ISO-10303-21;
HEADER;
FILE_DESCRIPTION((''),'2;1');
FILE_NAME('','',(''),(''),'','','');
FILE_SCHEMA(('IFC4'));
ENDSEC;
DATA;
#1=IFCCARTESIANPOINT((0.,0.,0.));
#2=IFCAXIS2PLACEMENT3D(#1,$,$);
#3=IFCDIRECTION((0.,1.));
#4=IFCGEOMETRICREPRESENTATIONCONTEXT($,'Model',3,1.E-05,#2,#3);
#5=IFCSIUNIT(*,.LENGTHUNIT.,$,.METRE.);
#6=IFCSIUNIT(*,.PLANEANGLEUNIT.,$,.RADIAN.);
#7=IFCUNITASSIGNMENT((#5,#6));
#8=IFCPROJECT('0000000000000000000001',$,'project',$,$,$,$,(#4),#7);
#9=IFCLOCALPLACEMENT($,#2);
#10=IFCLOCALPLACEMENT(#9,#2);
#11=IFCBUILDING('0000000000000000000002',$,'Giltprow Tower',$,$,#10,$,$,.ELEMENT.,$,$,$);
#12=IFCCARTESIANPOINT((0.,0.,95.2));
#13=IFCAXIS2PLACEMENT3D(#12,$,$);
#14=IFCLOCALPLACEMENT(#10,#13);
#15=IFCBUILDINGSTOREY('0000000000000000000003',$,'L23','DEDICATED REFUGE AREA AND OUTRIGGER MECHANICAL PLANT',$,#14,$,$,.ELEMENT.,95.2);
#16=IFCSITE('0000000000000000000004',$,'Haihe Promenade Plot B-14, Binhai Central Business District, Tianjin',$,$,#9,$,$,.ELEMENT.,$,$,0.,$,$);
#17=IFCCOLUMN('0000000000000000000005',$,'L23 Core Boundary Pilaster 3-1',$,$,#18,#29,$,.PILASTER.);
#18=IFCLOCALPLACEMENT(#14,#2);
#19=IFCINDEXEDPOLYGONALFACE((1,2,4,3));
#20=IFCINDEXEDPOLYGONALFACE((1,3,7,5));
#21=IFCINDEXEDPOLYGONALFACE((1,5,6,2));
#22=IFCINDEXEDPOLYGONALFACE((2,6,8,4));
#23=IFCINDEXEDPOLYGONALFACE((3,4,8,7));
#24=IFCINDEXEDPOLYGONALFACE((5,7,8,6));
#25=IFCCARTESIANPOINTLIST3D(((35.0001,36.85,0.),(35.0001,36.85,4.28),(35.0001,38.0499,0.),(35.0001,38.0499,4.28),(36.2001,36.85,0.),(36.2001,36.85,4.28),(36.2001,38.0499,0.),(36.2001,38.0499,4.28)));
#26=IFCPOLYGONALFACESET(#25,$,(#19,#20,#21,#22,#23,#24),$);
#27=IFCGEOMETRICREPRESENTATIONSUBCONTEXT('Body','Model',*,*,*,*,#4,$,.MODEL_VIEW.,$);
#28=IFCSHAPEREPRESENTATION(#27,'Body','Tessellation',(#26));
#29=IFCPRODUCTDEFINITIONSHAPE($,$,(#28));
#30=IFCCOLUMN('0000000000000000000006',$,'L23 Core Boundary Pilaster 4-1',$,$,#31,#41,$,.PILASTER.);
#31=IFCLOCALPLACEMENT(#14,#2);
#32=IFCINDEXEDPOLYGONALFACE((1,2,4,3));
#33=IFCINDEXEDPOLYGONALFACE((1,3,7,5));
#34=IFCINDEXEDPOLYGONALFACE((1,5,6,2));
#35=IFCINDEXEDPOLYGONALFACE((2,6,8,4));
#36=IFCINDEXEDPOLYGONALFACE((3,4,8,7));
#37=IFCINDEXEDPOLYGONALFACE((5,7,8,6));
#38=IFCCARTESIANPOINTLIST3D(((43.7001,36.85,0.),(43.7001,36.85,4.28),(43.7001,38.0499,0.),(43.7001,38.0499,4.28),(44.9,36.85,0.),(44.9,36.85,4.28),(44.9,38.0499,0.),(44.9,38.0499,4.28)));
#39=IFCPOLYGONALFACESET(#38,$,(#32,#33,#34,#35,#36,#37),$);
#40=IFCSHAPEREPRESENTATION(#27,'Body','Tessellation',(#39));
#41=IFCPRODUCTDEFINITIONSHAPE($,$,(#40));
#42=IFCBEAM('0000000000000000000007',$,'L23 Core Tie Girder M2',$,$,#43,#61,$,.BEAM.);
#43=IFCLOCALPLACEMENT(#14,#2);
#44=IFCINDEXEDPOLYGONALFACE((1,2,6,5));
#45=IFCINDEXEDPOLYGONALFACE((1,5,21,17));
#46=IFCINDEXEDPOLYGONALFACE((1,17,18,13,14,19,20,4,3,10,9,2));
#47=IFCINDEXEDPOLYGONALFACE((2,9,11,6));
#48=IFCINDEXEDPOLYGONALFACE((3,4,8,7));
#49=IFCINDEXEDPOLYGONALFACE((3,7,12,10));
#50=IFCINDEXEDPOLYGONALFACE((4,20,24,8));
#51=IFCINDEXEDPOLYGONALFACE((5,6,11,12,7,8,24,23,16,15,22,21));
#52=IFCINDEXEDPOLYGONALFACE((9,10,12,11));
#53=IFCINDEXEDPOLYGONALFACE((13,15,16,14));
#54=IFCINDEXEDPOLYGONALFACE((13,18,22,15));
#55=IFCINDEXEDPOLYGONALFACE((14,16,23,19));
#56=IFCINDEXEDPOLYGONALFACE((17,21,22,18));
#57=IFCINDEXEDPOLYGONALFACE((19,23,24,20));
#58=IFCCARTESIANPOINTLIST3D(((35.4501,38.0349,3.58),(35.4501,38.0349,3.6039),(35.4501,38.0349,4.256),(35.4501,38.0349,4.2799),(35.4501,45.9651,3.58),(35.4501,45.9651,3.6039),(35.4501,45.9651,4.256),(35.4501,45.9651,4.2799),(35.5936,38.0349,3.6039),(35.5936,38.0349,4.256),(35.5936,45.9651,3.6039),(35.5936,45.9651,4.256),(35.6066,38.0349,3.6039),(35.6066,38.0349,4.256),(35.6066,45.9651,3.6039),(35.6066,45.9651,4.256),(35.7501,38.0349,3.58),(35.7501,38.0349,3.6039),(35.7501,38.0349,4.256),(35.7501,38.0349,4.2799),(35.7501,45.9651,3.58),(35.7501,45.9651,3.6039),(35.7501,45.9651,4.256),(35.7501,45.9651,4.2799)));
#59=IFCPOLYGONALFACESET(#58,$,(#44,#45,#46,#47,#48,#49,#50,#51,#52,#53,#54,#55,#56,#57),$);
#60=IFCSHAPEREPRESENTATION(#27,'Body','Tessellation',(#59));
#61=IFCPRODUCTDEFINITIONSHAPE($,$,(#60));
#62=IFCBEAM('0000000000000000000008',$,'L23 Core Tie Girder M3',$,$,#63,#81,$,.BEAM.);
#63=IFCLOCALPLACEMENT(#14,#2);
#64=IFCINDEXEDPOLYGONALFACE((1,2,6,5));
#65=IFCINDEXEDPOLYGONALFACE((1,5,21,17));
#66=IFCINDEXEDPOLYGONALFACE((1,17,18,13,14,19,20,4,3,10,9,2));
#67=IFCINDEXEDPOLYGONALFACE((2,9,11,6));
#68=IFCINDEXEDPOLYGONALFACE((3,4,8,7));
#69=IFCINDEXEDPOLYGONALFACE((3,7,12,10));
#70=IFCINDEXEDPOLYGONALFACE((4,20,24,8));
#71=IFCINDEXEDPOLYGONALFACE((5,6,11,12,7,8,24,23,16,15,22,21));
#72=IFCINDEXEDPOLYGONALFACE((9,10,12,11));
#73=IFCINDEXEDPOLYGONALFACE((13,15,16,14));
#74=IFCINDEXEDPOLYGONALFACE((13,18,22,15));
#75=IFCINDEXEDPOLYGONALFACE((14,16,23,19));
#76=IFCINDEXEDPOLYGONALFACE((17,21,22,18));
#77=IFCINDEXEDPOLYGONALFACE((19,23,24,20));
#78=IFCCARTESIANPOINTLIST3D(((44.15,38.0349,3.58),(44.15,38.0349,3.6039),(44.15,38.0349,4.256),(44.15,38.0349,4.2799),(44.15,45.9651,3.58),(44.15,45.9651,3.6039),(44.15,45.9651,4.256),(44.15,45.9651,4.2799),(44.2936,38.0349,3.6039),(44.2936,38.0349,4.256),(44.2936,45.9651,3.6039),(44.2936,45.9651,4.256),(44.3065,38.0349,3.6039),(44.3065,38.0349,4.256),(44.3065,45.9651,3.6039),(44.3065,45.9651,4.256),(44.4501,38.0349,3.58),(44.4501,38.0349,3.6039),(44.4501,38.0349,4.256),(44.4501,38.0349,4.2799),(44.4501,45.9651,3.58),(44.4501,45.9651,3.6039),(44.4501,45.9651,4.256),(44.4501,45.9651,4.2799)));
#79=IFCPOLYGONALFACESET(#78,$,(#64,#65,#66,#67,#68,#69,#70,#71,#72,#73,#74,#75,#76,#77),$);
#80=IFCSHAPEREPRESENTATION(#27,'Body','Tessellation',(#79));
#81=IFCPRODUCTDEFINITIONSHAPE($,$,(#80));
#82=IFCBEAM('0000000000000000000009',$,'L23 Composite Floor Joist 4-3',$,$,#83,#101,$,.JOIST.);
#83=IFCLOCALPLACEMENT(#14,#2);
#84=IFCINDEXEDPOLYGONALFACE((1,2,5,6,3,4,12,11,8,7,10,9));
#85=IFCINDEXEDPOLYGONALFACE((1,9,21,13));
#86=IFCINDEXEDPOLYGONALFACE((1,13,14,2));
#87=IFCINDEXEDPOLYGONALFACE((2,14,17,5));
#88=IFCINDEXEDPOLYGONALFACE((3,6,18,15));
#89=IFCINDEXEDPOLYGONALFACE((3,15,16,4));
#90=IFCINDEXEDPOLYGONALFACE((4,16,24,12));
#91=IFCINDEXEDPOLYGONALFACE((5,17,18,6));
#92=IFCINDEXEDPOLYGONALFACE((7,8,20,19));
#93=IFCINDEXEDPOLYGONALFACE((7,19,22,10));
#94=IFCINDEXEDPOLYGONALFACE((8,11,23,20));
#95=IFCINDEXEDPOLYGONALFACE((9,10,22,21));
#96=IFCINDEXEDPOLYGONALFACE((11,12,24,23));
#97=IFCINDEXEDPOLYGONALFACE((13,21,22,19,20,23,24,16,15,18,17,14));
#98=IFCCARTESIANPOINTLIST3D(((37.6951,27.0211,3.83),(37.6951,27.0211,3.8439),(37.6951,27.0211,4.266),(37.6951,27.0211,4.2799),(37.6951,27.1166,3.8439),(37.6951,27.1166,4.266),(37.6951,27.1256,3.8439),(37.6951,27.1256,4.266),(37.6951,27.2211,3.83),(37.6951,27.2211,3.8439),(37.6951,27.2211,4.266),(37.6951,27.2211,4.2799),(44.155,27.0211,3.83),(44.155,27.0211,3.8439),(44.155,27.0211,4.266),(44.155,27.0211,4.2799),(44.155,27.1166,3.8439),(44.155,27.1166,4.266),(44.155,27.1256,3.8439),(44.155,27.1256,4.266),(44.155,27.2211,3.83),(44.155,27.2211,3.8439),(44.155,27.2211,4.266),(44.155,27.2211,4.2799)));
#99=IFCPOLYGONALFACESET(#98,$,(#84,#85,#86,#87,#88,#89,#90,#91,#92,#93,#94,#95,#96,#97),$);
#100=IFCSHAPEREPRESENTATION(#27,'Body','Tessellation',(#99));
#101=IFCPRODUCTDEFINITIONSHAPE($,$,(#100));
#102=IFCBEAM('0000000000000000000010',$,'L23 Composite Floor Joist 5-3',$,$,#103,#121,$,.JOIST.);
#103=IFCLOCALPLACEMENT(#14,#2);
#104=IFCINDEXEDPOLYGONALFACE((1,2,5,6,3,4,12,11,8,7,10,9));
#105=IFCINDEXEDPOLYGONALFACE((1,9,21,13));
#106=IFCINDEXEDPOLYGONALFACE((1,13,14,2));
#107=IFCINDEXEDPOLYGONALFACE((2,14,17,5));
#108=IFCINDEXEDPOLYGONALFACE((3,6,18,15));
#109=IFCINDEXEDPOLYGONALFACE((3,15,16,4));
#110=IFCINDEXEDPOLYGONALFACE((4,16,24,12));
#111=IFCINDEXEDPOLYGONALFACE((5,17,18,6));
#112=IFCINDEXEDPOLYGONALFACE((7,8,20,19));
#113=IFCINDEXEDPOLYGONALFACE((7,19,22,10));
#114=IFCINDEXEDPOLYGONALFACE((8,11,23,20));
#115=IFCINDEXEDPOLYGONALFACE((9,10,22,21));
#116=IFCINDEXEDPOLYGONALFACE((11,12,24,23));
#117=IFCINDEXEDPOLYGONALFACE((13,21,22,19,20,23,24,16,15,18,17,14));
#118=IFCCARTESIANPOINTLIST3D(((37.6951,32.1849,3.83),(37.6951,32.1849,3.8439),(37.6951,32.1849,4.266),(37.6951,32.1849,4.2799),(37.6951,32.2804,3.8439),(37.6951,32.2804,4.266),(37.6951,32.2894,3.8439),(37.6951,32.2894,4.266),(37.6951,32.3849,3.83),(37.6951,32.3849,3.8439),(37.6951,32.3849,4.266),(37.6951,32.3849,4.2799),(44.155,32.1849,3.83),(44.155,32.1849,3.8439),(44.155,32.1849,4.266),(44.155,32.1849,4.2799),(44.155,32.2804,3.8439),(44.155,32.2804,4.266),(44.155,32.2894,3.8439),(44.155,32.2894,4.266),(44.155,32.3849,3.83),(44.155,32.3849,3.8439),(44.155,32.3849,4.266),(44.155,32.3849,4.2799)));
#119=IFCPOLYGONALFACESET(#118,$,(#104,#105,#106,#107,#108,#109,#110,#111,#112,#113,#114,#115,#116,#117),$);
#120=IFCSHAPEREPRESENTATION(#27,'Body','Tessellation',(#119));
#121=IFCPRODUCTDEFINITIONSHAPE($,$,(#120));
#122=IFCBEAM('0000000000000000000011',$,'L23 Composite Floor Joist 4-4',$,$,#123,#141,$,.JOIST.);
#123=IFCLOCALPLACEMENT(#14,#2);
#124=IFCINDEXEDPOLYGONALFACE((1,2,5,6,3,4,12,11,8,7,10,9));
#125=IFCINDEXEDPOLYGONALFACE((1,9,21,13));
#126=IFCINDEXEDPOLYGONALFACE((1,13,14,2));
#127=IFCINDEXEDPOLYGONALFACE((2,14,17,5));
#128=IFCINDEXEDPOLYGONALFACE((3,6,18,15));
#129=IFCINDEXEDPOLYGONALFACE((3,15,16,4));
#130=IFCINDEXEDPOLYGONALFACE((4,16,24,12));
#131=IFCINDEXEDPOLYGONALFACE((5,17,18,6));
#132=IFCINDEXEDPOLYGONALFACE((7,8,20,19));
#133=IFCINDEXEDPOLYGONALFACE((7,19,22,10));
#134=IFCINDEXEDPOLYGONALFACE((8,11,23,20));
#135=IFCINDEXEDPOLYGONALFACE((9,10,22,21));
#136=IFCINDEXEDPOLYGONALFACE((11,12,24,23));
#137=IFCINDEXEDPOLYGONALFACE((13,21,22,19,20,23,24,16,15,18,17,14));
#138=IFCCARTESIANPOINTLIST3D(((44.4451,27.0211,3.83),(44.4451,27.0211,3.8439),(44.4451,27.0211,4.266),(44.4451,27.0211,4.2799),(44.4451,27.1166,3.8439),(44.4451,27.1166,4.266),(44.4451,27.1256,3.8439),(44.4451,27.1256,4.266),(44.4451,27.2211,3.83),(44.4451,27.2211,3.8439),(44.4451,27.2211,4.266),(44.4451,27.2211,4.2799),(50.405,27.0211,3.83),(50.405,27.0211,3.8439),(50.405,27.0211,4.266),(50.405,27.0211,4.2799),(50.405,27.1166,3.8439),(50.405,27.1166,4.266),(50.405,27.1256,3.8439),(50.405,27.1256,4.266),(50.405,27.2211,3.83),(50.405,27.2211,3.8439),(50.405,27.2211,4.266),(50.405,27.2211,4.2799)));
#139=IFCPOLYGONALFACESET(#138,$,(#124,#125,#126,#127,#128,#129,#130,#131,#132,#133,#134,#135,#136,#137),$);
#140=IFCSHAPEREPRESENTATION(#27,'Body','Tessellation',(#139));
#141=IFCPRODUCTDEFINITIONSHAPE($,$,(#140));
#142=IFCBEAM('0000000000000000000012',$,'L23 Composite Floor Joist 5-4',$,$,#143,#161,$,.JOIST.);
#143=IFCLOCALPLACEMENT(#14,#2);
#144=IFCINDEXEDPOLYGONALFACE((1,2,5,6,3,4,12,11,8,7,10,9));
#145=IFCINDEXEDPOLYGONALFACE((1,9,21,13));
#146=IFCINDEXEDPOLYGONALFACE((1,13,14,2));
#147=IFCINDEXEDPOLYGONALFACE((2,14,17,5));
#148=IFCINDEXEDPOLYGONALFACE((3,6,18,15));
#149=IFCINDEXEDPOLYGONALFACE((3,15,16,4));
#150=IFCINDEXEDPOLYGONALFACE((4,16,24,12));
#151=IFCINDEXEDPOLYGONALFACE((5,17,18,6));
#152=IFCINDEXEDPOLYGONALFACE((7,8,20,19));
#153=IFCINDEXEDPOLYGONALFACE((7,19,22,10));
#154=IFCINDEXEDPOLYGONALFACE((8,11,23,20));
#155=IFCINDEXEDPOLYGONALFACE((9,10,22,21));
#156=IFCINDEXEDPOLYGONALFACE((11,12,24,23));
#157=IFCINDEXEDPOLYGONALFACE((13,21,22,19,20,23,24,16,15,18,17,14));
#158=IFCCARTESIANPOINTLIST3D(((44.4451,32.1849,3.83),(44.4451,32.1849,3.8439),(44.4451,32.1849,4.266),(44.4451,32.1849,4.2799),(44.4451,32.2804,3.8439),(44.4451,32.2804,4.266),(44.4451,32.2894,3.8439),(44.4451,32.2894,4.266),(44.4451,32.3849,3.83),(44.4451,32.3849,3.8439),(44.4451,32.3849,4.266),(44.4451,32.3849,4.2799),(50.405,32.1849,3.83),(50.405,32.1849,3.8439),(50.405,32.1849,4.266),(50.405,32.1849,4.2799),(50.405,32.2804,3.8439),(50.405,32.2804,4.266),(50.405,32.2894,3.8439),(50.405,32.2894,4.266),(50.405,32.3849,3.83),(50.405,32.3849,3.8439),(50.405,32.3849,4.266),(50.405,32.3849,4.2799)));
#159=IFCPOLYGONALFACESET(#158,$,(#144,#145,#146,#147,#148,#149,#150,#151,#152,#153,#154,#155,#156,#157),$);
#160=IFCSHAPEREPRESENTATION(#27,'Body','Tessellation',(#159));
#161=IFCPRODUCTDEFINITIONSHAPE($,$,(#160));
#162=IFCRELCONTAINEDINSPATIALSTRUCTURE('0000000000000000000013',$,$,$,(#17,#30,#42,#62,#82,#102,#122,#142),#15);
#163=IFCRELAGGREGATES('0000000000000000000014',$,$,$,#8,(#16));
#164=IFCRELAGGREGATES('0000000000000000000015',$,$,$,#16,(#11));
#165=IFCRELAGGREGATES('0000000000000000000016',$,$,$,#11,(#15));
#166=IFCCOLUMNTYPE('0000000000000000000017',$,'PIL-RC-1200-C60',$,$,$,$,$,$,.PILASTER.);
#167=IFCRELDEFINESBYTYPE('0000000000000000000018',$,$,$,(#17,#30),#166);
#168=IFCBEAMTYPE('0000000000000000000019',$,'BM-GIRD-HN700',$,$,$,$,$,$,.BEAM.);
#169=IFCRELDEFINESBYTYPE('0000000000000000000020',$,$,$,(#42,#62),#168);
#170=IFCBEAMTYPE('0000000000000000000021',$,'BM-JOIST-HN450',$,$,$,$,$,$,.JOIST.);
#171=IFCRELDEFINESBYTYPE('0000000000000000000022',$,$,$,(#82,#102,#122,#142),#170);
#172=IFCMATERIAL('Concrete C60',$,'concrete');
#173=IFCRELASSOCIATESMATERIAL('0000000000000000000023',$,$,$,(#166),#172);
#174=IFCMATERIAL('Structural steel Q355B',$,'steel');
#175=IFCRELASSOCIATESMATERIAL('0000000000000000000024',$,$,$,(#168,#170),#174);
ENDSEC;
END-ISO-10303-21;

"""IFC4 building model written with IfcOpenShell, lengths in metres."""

from ifc_helpers import new_model, si_unit, direction, frame, origin, origin_2d, place, context, subcontext, project, spatial, rectangle, i_section, extrude, source, transform, mapped, material, material_profile, profile_set, type_object, element, save


model = new_model("IFC4")

# Units and contexts
model_context = context("Model", 3, precision=1e-05, world=origin(), true_north=direction((0.0, 1.0)))
body_context = subcontext(model_context, "Body", "Model", "MODEL_VIEW")
ifc_project = project(units=[si_unit("LENGTHUNIT", "METRE"), si_unit("PLANEANGLEUNIT", "RADIAN")], contexts=[model_context])

# Site, building, storey
site_placement = place(None, origin())
site = spatial("IfcSite", under=ifc_project, at=site_placement, Name="Haihe Promenade Plot B-14, Binhai Central Business District, Tianjin", CompositionType="ELEMENT", RefElevation=0.0)
building_placement = place(site_placement, origin())
building = spatial("IfcBuilding", under=site, at=building_placement, Name="Giltprow Tower", CompositionType="ELEMENT")
storey_placement = place(building_placement, frame((0.0, 0.0, 95.2)))
storey = spatial("IfcBuildingStorey", under=building, at=storey_placement, Name="L23", Description="DEDICATED REFUGE AREA AND OUTRIGGER MECHANICAL PLANT", CompositionType="ELEMENT", Elevation=95.2)

# Columns
ifc_material_1 = material(Name="Concrete C60", Category="concrete")
ifc_material_profile_1 = material_profile(ifc_material_1, rectangle(XDim=1.2, YDim=1.2, at=origin_2d()), Name="RC 1200x1200")
ifc_profile_set_1 = profile_set([ifc_material_profile_1], Name="Concrete C60")
column_type = type_object("IfcColumnType", Name="PIL-RC-1200-C60", PredefinedType="PILASTER", material=ifc_profile_set_1)
shared_shape_1 = source(origin(), body_context, "Body", "SweptSolid", [
    extrude(rectangle(XDim=1.2, YDim=1.2, at=origin_2d()), origin(), (0.0, 0.0, 1.0), 4.28),
])
for number, where, z_axis, x_axis, name in (
    (1, (35.6001, 37.45, 0.0), (0.0, 0.0, 1.0), (1.0, 0.0, 0.0), "L23 Core Boundary Pilaster 3-1"),
    (2, (44.3, 37.45, 0.0), (0.0, 0.0, 1.0), (1.0, 0.0, 0.0), "L23 Core Boundary Pilaster 4-1"),
):
    element("IfcColumn", number, at=place(storey_placement, frame(where, z_axis=z_axis, x_axis=x_axis)), inside=storey, type_object=column_type, Name=name, PredefinedType="PILASTER", context=body_context, shape_type="MappedRepresentation", body=[
        mapped(shared_shape_1, transform((0.0, 0.0, 0.0), x_axis=(1.0, 0.0, 0.0), y_axis=(0.0, 1.0, 0.0), z_axis=(0.0, 0.0, 1.0), scale=1.0)),
    ])

# Beams
ifc_material_2 = material(Name="Structural steel Q355B", Category="steel")
ifc_material_profile_2 = material_profile(ifc_material_2, i_section(OverallWidth=0.3, OverallDepth=0.7, WebThickness=0.0129, FlangeThickness=0.0239, at=origin_2d()), Name="HN 700x300x13x24")
ifc_profile_set_2 = profile_set([ifc_material_profile_2], Name="Structural steel Q355B")
beam_type_1 = type_object("IfcBeamType", Name="BM-GIRD-HN700", PredefinedType="BEAM", material=ifc_profile_set_2)
shared_shape_2 = source(origin(), body_context, "Body", "SweptSolid", [
    extrude(i_section(OverallWidth=0.3, OverallDepth=0.7, WebThickness=0.0129, FlangeThickness=0.0239, at=origin_2d()), origin(), (0.0, 0.0, 1.0), 7.9302),
])
for number, where, z_axis, x_axis, name in (
    (3, (35.6001, 38.0349, 3.9299), (0.0, 1.0, 0.0), (-1.0, 0.0, 0.0), "L23 Core Tie Girder M2"),
    (4, (44.3, 38.0349, 3.9299), (0.0, 1.0, 0.0), (-1.0, 0.0, 0.0), "L23 Core Tie Girder M3"),
):
    element("IfcBeam", number, at=place(storey_placement, frame(where, z_axis=z_axis, x_axis=x_axis)), inside=storey, type_object=beam_type_1, Name=name, PredefinedType="BEAM", context=body_context, shape_type="MappedRepresentation", body=[
        mapped(shared_shape_2, transform((0.0, 0.0, 0.0), x_axis=(1.0, 0.0, 0.0), y_axis=(0.0, 1.0, 0.0), z_axis=(0.0, 0.0, 1.0), scale=1.0)),
    ])
ifc_material_profile_3 = material_profile(ifc_material_2, i_section(OverallWidth=0.2, OverallDepth=0.45, WebThickness=0.009, FlangeThickness=0.0139, at=origin_2d()), Name="HN 450x200x9x14")
ifc_profile_set_3 = profile_set([ifc_material_profile_3], Name="Structural steel Q355B")
beam_type_2 = type_object("IfcBeamType", Name="BM-JOIST-HN450", PredefinedType="JOIST", material=ifc_profile_set_3)
shared_shape_3 = source(origin(), body_context, "Body", "SweptSolid", [
    extrude(i_section(OverallWidth=0.2, OverallDepth=0.45, WebThickness=0.009, FlangeThickness=0.0139, at=origin_2d()), origin(), (0.0, 0.0, 1.0), 6.46),
])
for number, where, z_axis, x_axis, name in (
    (5, (37.6951, 27.1211, 4.0549), (1.0, 0.0, 0.0), (0.0, 1.0, 0.0), "L23 Composite Floor Joist 4-3"),
    (6, (37.6951, 32.2849, 4.0549), (1.0, 0.0, 0.0), (0.0, 1.0, 0.0), "L23 Composite Floor Joist 5-3"),
):
    element("IfcBeam", number, at=place(storey_placement, frame(where, z_axis=z_axis, x_axis=x_axis)), inside=storey, type_object=beam_type_2, Name=name, PredefinedType="JOIST", context=body_context, shape_type="MappedRepresentation", body=[
        mapped(shared_shape_3, transform((0.0, 0.0, 0.0), x_axis=(1.0, 0.0, 0.0), y_axis=(0.0, 1.0, 0.0), z_axis=(0.0, 0.0, 1.0), scale=1.0)),
    ])
shared_shape_4 = source(origin(), body_context, "Body", "SweptSolid", [
    extrude(i_section(OverallWidth=0.2, OverallDepth=0.45, WebThickness=0.009, FlangeThickness=0.0139, at=origin_2d()), origin(), (0.0, 0.0, 1.0), 5.96),
])
for number, where, z_axis, x_axis, name in (
    (7, (44.4451, 27.1211, 4.0549), (1.0, 0.0, 0.0), (0.0, 1.0, 0.0), "L23 Composite Floor Joist 4-4"),
    (8, (44.4451, 32.2849, 4.0549), (1.0, 0.0, 0.0), (0.0, 1.0, 0.0), "L23 Composite Floor Joist 5-4"),
):
    element("IfcBeam", number, at=place(storey_placement, frame(where, z_axis=z_axis, x_axis=x_axis)), inside=storey, type_object=beam_type_2, Name=name, PredefinedType="JOIST", context=body_context, shape_type="MappedRepresentation", body=[
        mapped(shared_shape_4, transform((0.0, 0.0, 0.0), x_axis=(1.0, 0.0, 0.0), y_axis=(0.0, 1.0, 0.0), z_axis=(0.0, 0.0, 1.0), scale=1.0)),
    ])

save(model, "model.ifc")
